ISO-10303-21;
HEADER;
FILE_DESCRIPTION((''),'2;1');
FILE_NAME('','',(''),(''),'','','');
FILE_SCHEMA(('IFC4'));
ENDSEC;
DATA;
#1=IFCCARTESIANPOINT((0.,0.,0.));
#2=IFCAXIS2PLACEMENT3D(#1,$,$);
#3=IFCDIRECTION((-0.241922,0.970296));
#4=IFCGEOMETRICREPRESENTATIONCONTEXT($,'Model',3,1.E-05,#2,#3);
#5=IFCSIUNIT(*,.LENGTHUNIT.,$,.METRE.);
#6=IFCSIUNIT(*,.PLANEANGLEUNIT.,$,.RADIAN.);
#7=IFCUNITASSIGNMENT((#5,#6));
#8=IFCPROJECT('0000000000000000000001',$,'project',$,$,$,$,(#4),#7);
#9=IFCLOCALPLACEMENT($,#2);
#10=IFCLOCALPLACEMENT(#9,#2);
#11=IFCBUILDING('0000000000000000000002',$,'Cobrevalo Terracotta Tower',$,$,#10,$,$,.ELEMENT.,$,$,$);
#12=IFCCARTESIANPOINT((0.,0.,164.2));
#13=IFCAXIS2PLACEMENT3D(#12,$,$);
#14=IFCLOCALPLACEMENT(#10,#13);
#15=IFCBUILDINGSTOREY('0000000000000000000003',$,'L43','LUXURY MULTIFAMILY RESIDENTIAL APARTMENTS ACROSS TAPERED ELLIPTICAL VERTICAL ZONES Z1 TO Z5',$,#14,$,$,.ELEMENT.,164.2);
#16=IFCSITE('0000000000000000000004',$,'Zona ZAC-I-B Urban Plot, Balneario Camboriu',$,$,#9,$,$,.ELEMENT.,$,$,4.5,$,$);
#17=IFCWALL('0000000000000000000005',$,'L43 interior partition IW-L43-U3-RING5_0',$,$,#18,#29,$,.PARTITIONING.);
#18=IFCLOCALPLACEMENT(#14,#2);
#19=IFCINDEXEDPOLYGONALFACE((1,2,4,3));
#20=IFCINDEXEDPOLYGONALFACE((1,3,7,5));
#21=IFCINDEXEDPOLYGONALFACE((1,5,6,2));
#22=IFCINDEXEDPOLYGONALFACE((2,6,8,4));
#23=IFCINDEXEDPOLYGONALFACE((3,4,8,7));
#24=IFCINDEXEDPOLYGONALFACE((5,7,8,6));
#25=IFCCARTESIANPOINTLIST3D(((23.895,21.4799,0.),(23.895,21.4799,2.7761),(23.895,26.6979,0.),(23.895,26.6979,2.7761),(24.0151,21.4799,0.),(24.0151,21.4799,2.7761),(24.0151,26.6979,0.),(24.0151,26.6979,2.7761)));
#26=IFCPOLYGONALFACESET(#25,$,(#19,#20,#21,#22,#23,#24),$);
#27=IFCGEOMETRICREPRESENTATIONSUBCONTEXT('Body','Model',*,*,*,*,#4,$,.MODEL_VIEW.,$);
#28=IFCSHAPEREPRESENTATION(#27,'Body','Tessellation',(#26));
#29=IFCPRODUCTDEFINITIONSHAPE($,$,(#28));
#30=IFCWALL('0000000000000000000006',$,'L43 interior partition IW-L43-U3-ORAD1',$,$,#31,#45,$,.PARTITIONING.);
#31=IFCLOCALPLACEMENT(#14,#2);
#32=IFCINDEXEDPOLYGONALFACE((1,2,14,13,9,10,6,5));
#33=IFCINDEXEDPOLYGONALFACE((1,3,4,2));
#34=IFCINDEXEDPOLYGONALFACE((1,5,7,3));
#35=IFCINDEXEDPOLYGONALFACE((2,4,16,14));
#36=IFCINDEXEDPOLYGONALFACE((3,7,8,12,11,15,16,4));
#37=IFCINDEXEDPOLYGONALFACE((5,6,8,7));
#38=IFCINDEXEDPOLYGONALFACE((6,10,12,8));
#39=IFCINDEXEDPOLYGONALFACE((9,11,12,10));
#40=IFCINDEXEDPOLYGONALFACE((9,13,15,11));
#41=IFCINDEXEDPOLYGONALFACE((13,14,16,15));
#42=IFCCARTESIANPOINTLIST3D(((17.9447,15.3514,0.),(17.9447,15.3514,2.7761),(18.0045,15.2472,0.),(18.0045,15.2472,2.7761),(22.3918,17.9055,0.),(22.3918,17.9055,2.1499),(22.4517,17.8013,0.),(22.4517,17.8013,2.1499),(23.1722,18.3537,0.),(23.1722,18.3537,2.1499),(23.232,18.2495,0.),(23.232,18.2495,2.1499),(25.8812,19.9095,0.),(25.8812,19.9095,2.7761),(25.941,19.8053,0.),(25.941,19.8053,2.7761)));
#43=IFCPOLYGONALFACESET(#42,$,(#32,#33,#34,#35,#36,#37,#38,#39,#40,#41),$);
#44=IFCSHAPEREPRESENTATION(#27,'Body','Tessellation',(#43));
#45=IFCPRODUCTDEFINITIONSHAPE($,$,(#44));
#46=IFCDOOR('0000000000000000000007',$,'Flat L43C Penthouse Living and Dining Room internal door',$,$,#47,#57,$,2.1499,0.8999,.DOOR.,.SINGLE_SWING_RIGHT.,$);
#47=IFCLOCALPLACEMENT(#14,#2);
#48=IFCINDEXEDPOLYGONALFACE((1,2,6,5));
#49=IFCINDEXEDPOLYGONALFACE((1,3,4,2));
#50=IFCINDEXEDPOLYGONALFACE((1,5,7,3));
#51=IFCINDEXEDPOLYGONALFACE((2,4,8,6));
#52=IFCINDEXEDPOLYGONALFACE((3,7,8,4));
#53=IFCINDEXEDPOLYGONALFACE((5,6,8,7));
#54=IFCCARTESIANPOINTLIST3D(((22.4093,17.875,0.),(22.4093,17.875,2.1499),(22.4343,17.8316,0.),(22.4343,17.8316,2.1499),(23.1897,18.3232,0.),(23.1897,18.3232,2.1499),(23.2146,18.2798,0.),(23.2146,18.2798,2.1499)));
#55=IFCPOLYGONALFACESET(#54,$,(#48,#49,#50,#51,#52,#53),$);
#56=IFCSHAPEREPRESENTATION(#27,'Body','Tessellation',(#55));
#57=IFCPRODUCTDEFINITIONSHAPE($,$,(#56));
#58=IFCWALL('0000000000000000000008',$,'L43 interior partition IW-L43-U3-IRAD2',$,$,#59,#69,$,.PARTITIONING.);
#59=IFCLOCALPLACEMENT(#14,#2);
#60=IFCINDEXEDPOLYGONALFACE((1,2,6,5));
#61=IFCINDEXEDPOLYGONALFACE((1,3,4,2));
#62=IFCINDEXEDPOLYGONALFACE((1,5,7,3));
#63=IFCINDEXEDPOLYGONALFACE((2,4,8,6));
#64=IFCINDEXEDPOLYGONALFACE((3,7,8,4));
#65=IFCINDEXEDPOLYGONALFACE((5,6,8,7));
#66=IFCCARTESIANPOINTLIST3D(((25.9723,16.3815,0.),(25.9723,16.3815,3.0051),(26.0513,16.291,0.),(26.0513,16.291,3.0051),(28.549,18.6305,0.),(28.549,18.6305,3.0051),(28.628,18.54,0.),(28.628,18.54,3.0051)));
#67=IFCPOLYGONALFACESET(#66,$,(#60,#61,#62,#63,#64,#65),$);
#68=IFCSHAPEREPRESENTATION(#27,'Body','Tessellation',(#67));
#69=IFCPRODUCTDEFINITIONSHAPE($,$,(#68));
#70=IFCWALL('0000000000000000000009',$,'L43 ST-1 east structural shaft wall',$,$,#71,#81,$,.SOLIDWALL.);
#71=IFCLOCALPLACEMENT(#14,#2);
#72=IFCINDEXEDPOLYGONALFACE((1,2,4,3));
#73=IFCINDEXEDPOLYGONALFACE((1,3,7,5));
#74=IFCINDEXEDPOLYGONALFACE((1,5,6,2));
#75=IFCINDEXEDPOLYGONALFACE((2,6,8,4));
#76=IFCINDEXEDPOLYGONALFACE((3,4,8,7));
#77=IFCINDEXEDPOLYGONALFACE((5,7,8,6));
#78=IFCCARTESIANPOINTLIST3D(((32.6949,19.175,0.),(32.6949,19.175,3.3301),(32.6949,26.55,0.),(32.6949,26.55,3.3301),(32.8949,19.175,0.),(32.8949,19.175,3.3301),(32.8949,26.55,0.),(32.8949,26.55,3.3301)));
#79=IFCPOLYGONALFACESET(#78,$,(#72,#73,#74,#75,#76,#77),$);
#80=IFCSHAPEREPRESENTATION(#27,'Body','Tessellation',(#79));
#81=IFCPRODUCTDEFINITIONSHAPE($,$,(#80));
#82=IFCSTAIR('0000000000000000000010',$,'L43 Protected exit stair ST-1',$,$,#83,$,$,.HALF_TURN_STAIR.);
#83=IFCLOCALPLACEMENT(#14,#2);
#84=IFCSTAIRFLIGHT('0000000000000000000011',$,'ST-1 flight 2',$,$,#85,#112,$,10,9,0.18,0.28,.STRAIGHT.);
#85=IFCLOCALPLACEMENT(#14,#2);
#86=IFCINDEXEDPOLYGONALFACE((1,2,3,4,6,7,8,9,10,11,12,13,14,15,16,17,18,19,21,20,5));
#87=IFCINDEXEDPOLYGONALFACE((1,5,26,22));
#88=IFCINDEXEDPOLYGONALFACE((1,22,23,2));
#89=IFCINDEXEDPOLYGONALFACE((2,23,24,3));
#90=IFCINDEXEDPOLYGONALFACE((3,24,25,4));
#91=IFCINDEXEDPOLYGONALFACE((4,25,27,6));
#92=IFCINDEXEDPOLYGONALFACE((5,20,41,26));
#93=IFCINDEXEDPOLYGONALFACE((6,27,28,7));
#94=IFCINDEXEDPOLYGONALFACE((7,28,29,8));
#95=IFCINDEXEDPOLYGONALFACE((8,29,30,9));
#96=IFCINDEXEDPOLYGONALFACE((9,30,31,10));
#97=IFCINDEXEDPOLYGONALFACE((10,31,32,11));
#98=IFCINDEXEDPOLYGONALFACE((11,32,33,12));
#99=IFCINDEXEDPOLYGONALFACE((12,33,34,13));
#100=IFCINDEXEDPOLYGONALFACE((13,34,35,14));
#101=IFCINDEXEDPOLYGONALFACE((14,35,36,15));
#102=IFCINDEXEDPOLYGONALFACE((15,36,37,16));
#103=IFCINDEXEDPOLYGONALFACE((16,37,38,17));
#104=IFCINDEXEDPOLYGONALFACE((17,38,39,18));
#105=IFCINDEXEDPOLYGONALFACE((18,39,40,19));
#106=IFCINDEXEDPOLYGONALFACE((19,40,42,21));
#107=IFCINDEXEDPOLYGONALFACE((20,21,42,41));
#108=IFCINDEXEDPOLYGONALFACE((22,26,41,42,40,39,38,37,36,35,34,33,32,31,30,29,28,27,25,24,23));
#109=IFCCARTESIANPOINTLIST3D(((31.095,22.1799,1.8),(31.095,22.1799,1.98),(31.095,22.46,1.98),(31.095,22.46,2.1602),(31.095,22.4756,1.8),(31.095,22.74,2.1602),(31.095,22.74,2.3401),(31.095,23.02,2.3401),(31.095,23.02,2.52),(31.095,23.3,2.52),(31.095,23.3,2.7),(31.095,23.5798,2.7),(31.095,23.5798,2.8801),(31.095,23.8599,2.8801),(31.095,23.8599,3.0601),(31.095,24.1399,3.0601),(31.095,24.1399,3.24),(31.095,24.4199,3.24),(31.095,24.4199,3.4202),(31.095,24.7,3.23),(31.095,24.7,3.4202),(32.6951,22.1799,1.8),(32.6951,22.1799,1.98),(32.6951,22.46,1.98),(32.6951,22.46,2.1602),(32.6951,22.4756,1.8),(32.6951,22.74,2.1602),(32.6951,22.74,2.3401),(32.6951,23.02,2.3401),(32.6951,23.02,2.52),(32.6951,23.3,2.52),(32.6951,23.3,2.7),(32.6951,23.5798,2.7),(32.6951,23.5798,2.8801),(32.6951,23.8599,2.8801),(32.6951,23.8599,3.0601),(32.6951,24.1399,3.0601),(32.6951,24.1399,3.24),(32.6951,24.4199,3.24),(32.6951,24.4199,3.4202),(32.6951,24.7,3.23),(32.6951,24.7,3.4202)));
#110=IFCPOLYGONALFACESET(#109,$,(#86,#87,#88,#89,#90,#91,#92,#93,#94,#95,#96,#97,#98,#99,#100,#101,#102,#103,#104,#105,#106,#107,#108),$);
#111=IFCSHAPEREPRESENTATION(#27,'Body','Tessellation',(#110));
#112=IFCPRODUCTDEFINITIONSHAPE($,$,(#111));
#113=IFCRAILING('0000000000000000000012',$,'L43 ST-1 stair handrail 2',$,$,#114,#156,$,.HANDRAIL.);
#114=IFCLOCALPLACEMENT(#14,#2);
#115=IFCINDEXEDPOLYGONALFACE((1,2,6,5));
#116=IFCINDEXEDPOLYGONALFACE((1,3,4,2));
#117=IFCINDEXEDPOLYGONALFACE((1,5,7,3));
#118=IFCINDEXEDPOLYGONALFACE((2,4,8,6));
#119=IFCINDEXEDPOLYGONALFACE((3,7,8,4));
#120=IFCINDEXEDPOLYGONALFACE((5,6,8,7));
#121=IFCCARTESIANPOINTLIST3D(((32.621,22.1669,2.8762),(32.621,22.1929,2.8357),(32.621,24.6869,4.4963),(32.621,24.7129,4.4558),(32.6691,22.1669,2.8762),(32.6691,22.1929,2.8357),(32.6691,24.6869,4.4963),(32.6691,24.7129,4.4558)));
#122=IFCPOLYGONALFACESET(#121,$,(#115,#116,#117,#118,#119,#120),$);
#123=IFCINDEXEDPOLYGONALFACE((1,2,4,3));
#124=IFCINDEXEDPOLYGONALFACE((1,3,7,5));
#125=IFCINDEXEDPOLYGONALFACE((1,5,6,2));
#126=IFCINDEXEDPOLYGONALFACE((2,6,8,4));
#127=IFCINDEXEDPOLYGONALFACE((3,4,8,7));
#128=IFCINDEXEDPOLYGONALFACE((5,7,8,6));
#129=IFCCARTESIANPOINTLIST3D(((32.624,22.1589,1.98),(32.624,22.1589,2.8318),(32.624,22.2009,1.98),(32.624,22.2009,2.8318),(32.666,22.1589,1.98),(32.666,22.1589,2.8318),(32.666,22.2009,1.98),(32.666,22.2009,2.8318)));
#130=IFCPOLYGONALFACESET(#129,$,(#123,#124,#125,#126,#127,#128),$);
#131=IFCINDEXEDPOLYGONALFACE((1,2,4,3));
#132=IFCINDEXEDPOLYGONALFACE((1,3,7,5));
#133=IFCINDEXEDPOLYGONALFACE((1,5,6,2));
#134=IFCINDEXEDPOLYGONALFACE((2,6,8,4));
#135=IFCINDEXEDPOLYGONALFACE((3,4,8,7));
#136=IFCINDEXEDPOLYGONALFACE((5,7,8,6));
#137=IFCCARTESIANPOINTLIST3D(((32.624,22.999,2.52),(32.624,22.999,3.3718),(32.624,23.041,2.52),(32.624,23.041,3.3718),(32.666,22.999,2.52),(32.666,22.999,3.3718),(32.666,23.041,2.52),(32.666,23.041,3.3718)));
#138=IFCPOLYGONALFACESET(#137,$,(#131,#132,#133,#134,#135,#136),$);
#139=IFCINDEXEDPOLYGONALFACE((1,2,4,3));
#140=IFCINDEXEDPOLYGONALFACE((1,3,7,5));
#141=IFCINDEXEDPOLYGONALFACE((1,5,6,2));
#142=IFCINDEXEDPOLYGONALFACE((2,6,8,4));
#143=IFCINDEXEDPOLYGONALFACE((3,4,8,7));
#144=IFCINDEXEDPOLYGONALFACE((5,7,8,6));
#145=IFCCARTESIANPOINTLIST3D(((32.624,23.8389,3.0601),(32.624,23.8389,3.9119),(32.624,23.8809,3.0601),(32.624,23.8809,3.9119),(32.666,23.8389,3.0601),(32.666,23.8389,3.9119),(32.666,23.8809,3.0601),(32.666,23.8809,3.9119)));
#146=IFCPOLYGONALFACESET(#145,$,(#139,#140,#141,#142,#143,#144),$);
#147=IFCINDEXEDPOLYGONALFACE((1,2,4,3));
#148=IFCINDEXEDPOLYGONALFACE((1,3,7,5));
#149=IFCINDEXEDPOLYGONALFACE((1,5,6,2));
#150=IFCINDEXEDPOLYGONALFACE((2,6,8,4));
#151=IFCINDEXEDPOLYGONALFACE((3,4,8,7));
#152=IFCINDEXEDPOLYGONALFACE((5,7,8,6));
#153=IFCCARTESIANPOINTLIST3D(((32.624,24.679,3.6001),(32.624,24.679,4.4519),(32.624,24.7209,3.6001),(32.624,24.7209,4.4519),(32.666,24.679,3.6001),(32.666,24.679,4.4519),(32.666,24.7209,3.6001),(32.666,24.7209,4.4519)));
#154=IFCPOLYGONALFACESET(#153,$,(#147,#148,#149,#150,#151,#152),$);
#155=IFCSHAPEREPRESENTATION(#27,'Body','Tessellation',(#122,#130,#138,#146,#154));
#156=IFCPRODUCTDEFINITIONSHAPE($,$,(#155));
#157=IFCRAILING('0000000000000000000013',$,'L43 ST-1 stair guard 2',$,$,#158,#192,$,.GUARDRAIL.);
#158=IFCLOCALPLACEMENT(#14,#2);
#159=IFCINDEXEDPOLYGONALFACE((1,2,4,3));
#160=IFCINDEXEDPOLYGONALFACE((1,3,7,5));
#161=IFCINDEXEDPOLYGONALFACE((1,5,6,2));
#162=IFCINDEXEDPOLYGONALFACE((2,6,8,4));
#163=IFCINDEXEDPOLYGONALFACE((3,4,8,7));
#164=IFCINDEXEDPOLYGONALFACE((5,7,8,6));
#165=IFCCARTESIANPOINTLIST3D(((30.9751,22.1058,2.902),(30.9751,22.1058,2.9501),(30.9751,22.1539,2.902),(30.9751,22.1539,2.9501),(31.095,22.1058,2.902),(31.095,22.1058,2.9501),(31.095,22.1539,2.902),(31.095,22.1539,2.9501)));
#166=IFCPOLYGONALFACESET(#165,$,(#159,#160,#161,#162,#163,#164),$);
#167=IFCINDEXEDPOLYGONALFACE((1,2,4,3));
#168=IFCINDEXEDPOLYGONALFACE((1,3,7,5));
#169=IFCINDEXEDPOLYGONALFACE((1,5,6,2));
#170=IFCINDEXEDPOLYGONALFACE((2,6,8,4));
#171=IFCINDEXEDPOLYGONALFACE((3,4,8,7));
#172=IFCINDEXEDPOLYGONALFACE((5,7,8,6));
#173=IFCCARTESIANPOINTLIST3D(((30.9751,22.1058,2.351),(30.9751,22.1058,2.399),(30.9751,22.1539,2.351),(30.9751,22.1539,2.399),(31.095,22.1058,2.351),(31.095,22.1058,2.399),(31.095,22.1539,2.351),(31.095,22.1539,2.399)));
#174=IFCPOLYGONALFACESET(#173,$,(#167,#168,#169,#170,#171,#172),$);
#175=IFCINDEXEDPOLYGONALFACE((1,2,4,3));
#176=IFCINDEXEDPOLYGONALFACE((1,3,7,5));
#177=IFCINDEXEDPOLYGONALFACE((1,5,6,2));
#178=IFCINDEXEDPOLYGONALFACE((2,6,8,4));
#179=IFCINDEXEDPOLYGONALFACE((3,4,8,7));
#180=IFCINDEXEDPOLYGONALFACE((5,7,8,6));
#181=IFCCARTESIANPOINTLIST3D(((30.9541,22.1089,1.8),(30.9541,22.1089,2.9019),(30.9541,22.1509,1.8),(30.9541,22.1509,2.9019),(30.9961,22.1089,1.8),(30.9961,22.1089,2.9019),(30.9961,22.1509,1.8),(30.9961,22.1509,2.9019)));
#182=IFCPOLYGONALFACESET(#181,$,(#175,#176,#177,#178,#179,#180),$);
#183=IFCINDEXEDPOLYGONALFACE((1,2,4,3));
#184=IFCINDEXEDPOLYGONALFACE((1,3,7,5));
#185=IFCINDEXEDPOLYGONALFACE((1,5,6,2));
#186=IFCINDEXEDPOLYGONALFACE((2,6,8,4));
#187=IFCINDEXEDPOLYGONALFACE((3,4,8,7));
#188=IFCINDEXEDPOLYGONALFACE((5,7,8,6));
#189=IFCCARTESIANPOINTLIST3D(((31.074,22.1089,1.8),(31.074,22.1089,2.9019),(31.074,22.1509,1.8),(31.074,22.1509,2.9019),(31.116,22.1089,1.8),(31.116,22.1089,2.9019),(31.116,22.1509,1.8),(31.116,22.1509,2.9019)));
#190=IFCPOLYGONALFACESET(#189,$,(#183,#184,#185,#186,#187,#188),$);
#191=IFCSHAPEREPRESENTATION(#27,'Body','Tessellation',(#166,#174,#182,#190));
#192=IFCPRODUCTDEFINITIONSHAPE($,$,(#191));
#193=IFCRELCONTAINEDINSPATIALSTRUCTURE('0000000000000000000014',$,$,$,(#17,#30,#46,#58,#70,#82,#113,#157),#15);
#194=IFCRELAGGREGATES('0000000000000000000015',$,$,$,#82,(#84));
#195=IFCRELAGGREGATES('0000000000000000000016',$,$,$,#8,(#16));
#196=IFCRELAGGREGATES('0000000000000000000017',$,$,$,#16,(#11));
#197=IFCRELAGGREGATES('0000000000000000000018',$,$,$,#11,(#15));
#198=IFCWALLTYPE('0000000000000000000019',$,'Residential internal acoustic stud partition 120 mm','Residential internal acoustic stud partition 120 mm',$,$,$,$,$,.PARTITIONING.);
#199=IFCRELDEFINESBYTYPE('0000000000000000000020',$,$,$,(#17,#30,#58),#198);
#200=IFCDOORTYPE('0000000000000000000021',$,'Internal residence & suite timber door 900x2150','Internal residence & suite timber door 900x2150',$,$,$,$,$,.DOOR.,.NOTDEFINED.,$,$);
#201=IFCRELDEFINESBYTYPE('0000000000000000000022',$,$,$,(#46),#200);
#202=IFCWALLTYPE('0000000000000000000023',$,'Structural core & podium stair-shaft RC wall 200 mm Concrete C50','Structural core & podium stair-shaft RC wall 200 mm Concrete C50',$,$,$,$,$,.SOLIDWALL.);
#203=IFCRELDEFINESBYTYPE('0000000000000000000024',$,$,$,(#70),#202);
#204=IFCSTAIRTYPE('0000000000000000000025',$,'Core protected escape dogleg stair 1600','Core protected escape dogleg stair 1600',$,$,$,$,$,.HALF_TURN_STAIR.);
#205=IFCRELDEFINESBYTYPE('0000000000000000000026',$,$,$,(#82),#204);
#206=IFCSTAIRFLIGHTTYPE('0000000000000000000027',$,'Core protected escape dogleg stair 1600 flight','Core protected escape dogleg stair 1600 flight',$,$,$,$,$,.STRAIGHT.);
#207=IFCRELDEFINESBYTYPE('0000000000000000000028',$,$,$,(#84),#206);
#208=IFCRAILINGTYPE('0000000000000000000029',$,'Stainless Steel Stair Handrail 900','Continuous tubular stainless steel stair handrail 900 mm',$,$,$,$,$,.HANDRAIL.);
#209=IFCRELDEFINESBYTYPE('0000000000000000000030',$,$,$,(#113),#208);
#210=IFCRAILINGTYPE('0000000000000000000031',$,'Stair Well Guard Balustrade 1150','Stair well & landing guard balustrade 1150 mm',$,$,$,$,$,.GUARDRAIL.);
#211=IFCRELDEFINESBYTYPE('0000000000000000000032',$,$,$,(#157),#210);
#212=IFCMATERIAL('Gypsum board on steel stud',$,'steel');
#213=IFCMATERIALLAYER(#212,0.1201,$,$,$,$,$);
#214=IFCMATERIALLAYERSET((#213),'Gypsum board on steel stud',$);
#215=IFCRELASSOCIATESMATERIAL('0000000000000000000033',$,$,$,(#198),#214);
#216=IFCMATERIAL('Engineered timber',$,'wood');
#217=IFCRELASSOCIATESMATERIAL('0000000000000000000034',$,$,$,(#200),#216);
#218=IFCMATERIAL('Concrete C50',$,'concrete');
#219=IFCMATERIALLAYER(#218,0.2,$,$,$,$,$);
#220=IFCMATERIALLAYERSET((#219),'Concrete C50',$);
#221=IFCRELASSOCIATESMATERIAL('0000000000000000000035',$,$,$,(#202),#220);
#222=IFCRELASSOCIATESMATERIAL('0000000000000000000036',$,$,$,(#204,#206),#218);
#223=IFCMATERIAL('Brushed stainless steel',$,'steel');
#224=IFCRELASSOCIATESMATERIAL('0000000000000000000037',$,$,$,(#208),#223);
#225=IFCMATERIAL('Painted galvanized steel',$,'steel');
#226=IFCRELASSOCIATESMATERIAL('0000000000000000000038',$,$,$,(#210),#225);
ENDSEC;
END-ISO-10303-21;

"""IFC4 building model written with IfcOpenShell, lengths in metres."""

from ifc_helpers import new_model, si_unit, direction, frame, frame_2d, origin, origin_2d, place, context, subcontext, project, spatial, polyline, rectangle, outline, extrude, source, transform, mapped, material, layer, layer_set, type_object, element, fill, aggregate, save


model = new_model("IFC4")

# Units and contexts
model_context = context("Model", 3, precision=1e-05, world=origin(), true_north=direction((-0.241922, 0.970296)))
body_context = subcontext(model_context, "Body", "Model", "MODEL_VIEW")
ifc_project = project(units=[si_unit("LENGTHUNIT", "METRE"), si_unit("PLANEANGLEUNIT", "RADIAN")], contexts=[model_context])

# Site, building, storey
site_placement = place(None, origin())
site = spatial("IfcSite", under=ifc_project, at=site_placement, Name="Zona ZAC-I-B Urban Plot, Balneario Camboriu", CompositionType="ELEMENT", RefElevation=4.5)
building_placement = place(site_placement, origin())
building = spatial("IfcBuilding", under=site, at=building_placement, Name="Cobrevalo Terracotta Tower", CompositionType="ELEMENT")
storey_placement = place(building_placement, frame((0.0, 0.0, 164.2)))
storey = spatial("IfcBuildingStorey", under=building, at=storey_placement, Name="L43", Description="LUXURY MULTIFAMILY RESIDENTIAL APARTMENTS ACROSS TAPERED ELLIPTICAL VERTICAL ZONES Z1 TO Z5", CompositionType="ELEMENT", Elevation=164.2)

# Shared definitions
ifc_material_1 = material(Name="Gypsum board on steel stud", Category="steel")

# Shared definitions
ifc_material_2 = material(Name="Concrete C50", Category="concrete")

# Wall
ifc_layer_1 = layer(ifc_material_1, 0.1201)
ifc_layer_set_1 = layer_set([ifc_layer_1], Name="Gypsum board on steel stud")
wall_type_1 = type_object("IfcWallType", Name="Residential internal acoustic stud partition 120 mm", Description="Residential internal acoustic stud partition 120 mm", PredefinedType="PARTITIONING", material=ifc_layer_set_1)
wall_1_placement = place(storey_placement, frame((23.9551, 21.48, 0.0), z_axis=(0.0, 0.0, 1.0), x_axis=(0.0, 1.0, 0.0)))
element("IfcWall", 1, at=wall_1_placement, inside=storey, type_object=wall_type_1, Name="L43 interior partition IW-L43-U3-RING5_0", PredefinedType="PARTITIONING", context=body_context, shape_type="SweptSolid", body=[
    extrude(rectangle(XDim=5.218, YDim=0.1201, at=frame_2d((2.6089, 0.0))), origin(), (0.0, 0.0, 1.0), 2.7761),
])

# Wall, opening, door
wall_2_placement = place(storey_placement, frame((25.9111, 19.8574, 0.0), z_axis=(0.0, 0.0, 1.0), x_axis=(-0.867161, -0.498028, 0.0)))
wall_2 = element("IfcWall", 2, at=wall_2_placement, inside=storey, type_object=wall_type_1, Name="L43 interior partition IW-L43-U3-ORAD1", PredefinedType="PARTITIONING", context=body_context, shape_type="SweptSolid", body=[
    extrude(rectangle(XDim=9.1523, YDim=0.1201, at=frame_2d((4.5762, 0.0))), origin(), (0.0, 0.0, 1.0), 2.7761),
])
opening_1_placement = place(wall_2_placement, frame((3.124, 0.0, 0.0)))
opening_1 = element("IfcOpeningElement", 3, at=opening_1_placement, cuts=wall_2, PredefinedType="OPENING", context=body_context, shape_type="SweptSolid", body=[
    extrude(rectangle(XDim=0.8999, YDim=2.1499, at=frame_2d((0.45, 1.075))), frame((0.0, 0.0701, 0.0), z_axis=(0.0, -1.0, 0.0), x_axis=(1.0, 0.0, 0.0)), (0.0, 0.0, 1.0), 0.1401),
])
ifc_material_3 = material(Name="Engineered timber", Category="wood")
door_type_1 = type_object("IfcDoorType", Name="Internal residence & suite timber door 900x2150", Description="Internal residence & suite timber door 900x2150", OperationType="NOTDEFINED", PredefinedType="DOOR", material=ifc_material_3)
shared_shape_1 = source(origin(), body_context, "Body", "SweptSolid", [
    extrude(rectangle(XDim=0.8999, YDim=2.1499, at=frame_2d((0.45, 1.075))), frame((0.0, 0.0249, 0.0), z_axis=(0.0, -1.0, 0.0), x_axis=(1.0, 0.0, 0.0)), (0.0, 0.0, 1.0), 0.05),
])
door_1_placement = place(opening_1_placement, frame((0.8999, 0.0, 0.0), z_axis=(0.0, 0.0, 1.0), x_axis=(-1.0, 0.0, 0.0)))
door_1 = element("IfcDoor", 4, at=door_1_placement, inside=storey, type_object=door_type_1, Name="Flat L43C Penthouse Living and Dining Room internal door", OperationType="SINGLE_SWING_RIGHT", OverallHeight=2.1499, OverallWidth=0.8999, PredefinedType="DOOR", context=body_context, shape_type="MappedRepresentation", body=[
    mapped(shared_shape_1, transform((0.0, 0.0, 0.0), scale=1.0)),
])
fill(opening_1, door_1)

# Wall
wall_3_placement = place(storey_placement, frame((28.5884, 18.5852, 0.0), z_axis=(0.0, 0.0, 1.0), x_axis=(-0.753381, -0.657584, 0.0)))
element("IfcWall", 5, at=wall_3_placement, inside=storey, type_object=wall_type_1, Name="L43 interior partition IW-L43-U3-IRAD2", PredefinedType="PARTITIONING", context=body_context, shape_type="SweptSolid", body=[
    extrude(rectangle(XDim=3.4202, YDim=0.1201, at=frame_2d((1.71, 0.0))), origin(), (0.0, 0.0, 1.0), 3.0051),
])

# Wall
ifc_layer_2 = layer(ifc_material_2, 0.2)
ifc_layer_set_2 = layer_set([ifc_layer_2], Name="Concrete C50")
wall_type_2 = type_object("IfcWallType", Name="Structural core & podium stair-shaft RC wall 200 mm Concrete C50", Description="Structural core & podium stair-shaft RC wall 200 mm Concrete C50", PredefinedType="SOLIDWALL", material=ifc_layer_set_2)
wall_4_placement = place(storey_placement, frame((32.7949, 19.175, 0.0), z_axis=(0.0, 0.0, 1.0), x_axis=(0.0, 1.0, 0.0)))
element("IfcWall", 6, at=wall_4_placement, inside=storey, type_object=wall_type_2, Name="L43 ST-1 east structural shaft wall", PredefinedType="SOLIDWALL", context=body_context, shape_type="SweptSolid", body=[
    extrude(rectangle(XDim=7.375, YDim=0.2, at=frame_2d((3.6875, 0.0))), origin(), (0.0, 0.0, 1.0), 3.3301),
])

# Stair, stair flight
stair_type = type_object("IfcStairType", Name="Core protected escape dogleg stair 1600", Description="Core protected escape dogleg stair 1600", PredefinedType="HALF_TURN_STAIR", material=ifc_material_2)
stair_placement = place(storey_placement, origin())
stair = element("IfcStair", 7, at=stair_placement, inside=storey, type_object=stair_type, Name="L43 Protected exit stair ST-1", PredefinedType="HALF_TURN_STAIR")
stair_flight_type = type_object("IfcStairFlightType", Name="Core protected escape dogleg stair 1600 flight", Description="Core protected escape dogleg stair 1600 flight", PredefinedType="STRAIGHT", material=ifc_material_2)
stair_flight_placement = place(storey_placement, frame((31.895, 22.1799, 1.8), z_axis=(0.0, 0.0, 1.0), x_axis=(0.0, 1.0, 0.0)))
stair_flight = element("IfcStairFlight", 8, at=stair_flight_placement, type_object=stair_flight_type, Name="ST-1 flight 2", NumberOfRisers=10, NumberOfTreads=9, PredefinedType="STRAIGHT", RiserHeight=0.18, TreadLength=0.28, context=body_context, shape_type="SweptSolid", body=[
    extrude(outline(polyline([(0.0, 0.0), (0.0, 0.1799), (0.28, 0.1799), (0.28, 0.3601), (0.5601, 0.3601), (0.5601, 0.54), (0.8401, 0.54), (0.8401, 0.72), (1.1201, 0.72), (1.1201, 0.8999), (1.3999, 0.8999), (1.3999, 1.0801), (1.6799, 1.0801), (1.6799, 1.26), (1.96, 1.26), (1.96, 1.4399), (2.24, 1.4399), (2.24, 1.6201), (2.52, 1.6201), (2.52, 1.8), (2.52, 1.4299), (0.2957, 0.0), (0.0, 0.0)])), frame((0.0, 0.8, 0.0), z_axis=(0.0, -1.0, 0.0), x_axis=(1.0, 0.0, 0.0)), (0.0, 0.0, 1.0), 1.6001),
])
aggregate(stair, [stair_flight])

# Railings
ifc_material_4 = material(Name="Brushed stainless steel", Category="steel")
railing_type_1 = type_object("IfcRailingType", Name="Stainless Steel Stair Handrail 900", Description="Continuous tubular stainless steel stair handrail 900 mm", PredefinedType="HANDRAIL", material=ifc_material_4)
railing_1_placement = place(storey_placement, frame((32.645, 22.1799, 1.98)))
element("IfcRailing", 9, at=railing_1_placement, inside=storey, type_object=railing_type_1, Name="L43 ST-1 stair handrail 2", PredefinedType="HANDRAIL", context=body_context, shape_type="SweptSolid", body=[
    extrude(rectangle(XDim=0.0481, YDim=0.0481, at=origin_2d()), frame((0.0, 0.0, 0.876), z_axis=(0.0, 0.841163, 0.540782), x_axis=(-1.0, 0.0, 0.0)), (0.0, 0.0, 1.0), 2.9958),
    extrude(rectangle(XDim=0.042, YDim=0.042, at=origin_2d()), origin(), (0.0, 0.0, 1.0), 0.8518),
    extrude(rectangle(XDim=0.042, YDim=0.042, at=origin_2d()), frame((0.0, 0.8401, 0.54)), (0.0, 0.0, 1.0), 0.8518),
    extrude(rectangle(XDim=0.042, YDim=0.042, at=origin_2d()), frame((0.0, 1.6799, 1.0801)), (0.0, 0.0, 1.0), 0.8518),
    extrude(rectangle(XDim=0.042, YDim=0.042, at=origin_2d()), frame((0.0, 2.52, 1.6201)), (0.0, 0.0, 1.0), 0.8518),
])
ifc_material_5 = material(Name="Painted galvanized steel", Category="steel")
railing_type_2 = type_object("IfcRailingType", Name="Stair Well Guard Balustrade 1150", Description="Stair well & landing guard balustrade 1150 mm", PredefinedType="GUARDRAIL", material=ifc_material_5)
railing_2_placement = place(storey_placement, frame((30.9751, 22.1299, 1.8)))
element("IfcRailing", 10, at=railing_2_placement, inside=storey, type_object=railing_type_2, Name="L43 ST-1 stair guard 2", PredefinedType="GUARDRAIL", context=body_context, shape_type="SweptSolid", body=[
    extrude(rectangle(XDim=0.0481, YDim=0.0481, at=origin_2d()), frame((0.0, 0.0, 1.126), z_axis=(1.0, 0.0, 0.0), x_axis=(0.0, 1.0, 0.0)), (0.0, 0.0, 1.0), 0.1199),
    extrude(rectangle(XDim=0.0481, YDim=0.0481, at=origin_2d()), frame((0.0, 0.0, 0.575), z_axis=(1.0, 0.0, 0.0), x_axis=(0.0, 1.0, 0.0)), (0.0, 0.0, 1.0), 0.1199),
    extrude(rectangle(XDim=0.042, YDim=0.042, at=origin_2d()), origin(), (0.0, 0.0, 1.0), 1.1018),
    extrude(rectangle(XDim=0.042, YDim=0.042, at=origin_2d()), frame((0.1199, 0.0, 0.0)), (0.0, 0.0, 1.0), 1.1018),
])

save(model, "model.ifc")
